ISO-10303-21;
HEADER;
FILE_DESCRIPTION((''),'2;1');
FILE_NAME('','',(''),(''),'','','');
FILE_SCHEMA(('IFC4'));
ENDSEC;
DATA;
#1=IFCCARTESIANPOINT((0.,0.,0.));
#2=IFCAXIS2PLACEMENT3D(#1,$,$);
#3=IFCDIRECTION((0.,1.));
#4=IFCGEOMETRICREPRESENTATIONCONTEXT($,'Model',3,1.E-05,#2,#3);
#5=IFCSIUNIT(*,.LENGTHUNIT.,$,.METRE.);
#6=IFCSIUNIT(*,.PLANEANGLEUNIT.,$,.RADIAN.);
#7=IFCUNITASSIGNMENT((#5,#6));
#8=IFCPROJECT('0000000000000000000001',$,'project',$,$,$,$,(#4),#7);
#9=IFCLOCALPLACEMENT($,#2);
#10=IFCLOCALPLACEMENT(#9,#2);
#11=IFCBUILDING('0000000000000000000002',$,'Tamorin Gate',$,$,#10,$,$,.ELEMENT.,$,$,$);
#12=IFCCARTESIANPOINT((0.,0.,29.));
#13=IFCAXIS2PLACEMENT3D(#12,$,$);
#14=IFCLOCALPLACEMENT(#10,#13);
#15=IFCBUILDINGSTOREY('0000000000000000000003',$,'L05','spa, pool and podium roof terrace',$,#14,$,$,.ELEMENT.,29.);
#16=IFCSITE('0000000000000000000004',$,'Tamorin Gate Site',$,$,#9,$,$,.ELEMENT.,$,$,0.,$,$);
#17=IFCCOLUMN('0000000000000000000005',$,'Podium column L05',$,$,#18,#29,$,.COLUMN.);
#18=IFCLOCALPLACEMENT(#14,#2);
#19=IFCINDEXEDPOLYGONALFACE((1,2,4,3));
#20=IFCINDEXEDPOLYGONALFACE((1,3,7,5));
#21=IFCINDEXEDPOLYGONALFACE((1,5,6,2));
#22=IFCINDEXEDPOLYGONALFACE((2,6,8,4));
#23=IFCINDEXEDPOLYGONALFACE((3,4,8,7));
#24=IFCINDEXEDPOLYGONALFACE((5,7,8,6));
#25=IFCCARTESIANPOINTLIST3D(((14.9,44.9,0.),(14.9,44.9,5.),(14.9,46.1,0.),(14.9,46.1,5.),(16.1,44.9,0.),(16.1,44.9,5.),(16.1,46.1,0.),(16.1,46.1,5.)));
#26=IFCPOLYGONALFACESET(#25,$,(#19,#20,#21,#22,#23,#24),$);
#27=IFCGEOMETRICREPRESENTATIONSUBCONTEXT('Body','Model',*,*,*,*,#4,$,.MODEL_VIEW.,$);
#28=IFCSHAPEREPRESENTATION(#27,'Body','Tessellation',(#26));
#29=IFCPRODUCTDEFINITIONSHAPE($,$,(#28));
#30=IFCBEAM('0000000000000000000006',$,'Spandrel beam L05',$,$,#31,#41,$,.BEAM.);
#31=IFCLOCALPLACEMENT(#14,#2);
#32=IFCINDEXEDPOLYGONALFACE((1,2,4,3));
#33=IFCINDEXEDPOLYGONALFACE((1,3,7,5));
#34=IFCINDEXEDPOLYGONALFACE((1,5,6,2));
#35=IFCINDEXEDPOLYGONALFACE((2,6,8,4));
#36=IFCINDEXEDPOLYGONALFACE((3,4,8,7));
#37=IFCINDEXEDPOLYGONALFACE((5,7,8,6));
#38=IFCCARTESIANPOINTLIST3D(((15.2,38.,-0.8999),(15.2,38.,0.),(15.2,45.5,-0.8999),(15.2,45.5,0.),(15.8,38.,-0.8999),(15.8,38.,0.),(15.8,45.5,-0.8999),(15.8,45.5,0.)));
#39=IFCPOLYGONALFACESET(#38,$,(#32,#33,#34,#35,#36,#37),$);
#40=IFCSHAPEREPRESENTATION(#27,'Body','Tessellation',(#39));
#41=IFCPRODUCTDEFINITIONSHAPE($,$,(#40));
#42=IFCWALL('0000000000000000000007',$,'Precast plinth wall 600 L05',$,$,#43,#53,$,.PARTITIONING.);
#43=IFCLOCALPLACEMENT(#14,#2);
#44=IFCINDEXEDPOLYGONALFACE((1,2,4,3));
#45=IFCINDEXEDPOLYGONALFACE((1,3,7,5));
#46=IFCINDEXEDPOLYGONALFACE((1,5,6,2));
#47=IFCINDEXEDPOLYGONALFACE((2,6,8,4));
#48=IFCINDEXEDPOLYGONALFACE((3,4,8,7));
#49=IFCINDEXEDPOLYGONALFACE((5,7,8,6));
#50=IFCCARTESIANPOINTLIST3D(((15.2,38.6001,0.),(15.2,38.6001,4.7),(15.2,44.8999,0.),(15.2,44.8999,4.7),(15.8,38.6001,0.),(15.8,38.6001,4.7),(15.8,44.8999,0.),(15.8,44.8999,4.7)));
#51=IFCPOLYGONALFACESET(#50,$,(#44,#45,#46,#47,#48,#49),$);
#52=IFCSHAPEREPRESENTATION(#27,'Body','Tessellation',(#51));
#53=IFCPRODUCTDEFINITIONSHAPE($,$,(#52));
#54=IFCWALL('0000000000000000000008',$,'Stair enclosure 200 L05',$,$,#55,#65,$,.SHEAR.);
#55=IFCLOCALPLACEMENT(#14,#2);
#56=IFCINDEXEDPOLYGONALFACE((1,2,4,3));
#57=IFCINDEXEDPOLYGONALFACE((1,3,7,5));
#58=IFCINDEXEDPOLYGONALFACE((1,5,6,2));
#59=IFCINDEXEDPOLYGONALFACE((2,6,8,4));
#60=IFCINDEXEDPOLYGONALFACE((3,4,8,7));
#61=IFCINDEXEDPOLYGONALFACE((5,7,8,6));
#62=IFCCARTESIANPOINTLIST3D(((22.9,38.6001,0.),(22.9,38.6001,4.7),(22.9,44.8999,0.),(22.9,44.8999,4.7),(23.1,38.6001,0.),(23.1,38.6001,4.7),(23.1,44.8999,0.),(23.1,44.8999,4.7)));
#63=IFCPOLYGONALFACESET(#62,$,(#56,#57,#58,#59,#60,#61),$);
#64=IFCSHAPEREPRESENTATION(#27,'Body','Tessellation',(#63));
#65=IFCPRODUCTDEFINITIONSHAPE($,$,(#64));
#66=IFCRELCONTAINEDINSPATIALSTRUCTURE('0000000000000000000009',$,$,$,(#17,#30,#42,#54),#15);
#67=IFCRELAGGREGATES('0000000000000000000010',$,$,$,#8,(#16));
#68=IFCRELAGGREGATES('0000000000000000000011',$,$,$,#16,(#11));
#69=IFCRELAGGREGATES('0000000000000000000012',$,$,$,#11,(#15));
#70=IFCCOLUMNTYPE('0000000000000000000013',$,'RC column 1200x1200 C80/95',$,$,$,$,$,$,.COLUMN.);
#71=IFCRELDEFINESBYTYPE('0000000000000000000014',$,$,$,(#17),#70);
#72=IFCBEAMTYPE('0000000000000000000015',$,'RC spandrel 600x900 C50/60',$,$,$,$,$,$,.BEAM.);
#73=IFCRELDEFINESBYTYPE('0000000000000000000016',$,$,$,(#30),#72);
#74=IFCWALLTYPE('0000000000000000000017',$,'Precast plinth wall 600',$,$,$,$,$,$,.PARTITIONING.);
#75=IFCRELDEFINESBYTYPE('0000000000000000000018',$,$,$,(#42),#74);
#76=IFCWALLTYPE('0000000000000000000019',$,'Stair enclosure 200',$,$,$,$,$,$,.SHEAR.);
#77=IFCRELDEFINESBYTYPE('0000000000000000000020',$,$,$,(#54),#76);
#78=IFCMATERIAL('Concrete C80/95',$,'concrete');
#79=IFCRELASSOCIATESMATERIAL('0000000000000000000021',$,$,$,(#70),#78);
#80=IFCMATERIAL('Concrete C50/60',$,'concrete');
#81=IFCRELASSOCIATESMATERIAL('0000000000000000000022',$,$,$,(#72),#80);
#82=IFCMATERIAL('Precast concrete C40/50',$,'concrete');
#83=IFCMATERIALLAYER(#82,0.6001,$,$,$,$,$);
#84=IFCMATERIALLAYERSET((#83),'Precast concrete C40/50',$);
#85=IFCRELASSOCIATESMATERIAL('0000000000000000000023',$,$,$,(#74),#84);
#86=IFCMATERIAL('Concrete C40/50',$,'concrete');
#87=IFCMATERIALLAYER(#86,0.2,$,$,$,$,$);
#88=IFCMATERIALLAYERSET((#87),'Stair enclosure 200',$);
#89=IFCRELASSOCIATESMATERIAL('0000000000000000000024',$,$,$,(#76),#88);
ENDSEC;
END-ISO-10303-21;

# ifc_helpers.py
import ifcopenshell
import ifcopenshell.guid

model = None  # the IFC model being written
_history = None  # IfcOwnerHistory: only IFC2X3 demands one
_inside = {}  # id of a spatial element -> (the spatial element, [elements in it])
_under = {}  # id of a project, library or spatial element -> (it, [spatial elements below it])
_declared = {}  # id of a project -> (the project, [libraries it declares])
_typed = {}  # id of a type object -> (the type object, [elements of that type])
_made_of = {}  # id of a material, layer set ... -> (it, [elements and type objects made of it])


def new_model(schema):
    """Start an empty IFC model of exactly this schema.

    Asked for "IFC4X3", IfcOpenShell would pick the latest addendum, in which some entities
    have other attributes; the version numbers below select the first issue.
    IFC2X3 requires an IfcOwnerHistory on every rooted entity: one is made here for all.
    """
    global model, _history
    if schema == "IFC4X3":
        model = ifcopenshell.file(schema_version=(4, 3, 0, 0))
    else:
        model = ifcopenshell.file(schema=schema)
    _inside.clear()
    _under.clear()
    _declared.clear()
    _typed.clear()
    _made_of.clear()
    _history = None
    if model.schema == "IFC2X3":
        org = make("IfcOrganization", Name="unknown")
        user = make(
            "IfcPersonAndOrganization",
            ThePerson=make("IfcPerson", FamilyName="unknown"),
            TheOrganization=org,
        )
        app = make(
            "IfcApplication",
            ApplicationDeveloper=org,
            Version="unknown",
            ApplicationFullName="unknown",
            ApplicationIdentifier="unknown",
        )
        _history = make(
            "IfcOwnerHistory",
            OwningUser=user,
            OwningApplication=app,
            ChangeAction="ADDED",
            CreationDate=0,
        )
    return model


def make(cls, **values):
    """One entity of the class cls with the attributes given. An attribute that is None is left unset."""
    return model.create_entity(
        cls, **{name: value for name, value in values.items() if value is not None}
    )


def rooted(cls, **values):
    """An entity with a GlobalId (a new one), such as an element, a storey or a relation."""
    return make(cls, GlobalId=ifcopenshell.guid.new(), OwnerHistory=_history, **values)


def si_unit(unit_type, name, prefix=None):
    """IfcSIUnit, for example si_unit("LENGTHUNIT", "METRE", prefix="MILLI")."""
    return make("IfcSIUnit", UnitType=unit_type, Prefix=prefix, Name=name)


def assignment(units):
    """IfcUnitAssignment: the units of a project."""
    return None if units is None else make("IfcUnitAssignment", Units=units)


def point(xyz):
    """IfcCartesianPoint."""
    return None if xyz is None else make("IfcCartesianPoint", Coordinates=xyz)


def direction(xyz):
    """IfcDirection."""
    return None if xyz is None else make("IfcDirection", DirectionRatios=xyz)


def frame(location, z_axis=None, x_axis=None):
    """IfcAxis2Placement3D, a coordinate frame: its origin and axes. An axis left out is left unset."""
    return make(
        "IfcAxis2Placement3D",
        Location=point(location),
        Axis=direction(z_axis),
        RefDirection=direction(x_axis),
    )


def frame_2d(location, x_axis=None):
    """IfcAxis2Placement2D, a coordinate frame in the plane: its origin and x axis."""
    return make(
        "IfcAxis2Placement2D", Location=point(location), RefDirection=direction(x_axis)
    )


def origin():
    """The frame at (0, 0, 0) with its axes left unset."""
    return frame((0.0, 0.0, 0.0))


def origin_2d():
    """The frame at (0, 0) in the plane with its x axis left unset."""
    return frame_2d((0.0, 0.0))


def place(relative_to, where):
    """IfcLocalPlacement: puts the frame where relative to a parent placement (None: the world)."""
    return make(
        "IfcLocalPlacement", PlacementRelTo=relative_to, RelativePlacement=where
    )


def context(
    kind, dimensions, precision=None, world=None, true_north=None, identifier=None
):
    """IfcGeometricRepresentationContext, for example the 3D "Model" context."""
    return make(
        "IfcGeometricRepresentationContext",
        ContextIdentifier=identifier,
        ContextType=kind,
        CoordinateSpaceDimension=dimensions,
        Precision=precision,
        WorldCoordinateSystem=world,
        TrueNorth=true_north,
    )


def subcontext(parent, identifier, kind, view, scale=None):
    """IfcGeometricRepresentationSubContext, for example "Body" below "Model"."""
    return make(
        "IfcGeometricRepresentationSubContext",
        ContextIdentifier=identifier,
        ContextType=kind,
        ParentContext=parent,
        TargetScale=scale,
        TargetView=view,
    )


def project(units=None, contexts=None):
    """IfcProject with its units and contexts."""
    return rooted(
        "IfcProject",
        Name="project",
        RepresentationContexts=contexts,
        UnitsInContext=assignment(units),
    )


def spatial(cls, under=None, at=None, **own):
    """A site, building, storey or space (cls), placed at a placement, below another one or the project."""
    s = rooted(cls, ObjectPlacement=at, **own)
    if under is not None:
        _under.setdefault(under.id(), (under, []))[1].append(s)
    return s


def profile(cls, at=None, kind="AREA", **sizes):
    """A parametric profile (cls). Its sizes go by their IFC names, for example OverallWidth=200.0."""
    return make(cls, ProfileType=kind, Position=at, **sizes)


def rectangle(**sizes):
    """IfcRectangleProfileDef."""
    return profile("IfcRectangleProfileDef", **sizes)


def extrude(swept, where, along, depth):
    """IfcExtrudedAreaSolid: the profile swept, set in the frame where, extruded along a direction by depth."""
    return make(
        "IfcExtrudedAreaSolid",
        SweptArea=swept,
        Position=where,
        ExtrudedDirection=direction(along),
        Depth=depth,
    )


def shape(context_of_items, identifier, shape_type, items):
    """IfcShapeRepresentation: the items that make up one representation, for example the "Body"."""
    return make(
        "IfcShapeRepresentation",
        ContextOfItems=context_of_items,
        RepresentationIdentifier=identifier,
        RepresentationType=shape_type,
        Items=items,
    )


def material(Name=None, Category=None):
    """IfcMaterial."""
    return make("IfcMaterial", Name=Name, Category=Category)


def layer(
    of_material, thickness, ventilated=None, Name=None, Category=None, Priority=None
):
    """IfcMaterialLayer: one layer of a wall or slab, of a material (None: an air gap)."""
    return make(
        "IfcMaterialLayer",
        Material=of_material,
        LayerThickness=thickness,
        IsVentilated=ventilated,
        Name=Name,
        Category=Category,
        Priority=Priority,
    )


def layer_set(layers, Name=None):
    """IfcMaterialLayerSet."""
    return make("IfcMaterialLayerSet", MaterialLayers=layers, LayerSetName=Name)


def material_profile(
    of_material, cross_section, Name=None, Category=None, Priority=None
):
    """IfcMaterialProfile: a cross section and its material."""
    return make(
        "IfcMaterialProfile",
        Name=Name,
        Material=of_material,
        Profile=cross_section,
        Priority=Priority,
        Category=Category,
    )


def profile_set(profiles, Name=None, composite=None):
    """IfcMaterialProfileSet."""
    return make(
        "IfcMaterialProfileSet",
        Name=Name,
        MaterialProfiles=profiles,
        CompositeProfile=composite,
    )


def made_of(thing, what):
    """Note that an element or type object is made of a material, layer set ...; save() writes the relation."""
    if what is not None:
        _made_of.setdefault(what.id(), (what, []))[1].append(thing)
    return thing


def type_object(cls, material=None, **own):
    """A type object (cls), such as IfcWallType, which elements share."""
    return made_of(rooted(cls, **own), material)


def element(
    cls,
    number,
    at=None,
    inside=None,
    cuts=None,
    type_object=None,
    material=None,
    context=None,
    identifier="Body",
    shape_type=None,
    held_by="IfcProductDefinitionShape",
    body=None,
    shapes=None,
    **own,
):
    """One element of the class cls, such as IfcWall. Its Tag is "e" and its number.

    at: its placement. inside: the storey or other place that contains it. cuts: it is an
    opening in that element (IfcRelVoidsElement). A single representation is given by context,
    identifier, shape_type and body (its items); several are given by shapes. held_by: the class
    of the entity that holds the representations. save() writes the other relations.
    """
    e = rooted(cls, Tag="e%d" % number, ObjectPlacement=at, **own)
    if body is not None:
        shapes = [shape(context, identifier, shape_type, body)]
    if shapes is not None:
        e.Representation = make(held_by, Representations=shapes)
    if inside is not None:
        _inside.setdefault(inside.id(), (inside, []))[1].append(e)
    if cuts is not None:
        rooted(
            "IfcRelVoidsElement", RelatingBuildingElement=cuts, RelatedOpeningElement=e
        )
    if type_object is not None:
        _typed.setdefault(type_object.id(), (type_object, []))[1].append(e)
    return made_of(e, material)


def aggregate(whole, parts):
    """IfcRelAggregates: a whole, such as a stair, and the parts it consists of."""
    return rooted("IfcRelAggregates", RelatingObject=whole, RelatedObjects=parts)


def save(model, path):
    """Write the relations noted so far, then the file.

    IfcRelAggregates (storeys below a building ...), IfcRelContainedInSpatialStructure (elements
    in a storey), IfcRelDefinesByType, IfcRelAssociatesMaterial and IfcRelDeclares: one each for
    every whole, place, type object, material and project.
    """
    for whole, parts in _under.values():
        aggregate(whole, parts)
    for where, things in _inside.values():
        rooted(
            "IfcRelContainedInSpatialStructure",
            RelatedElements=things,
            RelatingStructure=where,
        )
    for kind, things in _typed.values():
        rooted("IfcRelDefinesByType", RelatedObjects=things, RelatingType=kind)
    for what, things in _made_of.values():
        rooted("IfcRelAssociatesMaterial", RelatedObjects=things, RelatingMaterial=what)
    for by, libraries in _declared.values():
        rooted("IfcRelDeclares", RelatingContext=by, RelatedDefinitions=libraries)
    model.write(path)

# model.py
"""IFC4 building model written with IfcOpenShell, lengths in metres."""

from ifc_helpers import new_model, si_unit, direction, frame, frame_2d, origin, origin_2d, place, context, subcontext, project, spatial, rectangle, extrude, material, layer, layer_set, material_profile, profile_set, type_object, element, save


model = new_model("IFC4")

# Units and contexts
model_context = context("Model", 3, precision=1e-05, world=origin(), true_north=direction((0.0, 1.0)))
body_context = subcontext(model_context, "Body", "Model", "MODEL_VIEW")
ifc_project = project(units=[si_unit("LENGTHUNIT", "METRE"), si_unit("PLANEANGLEUNIT", "RADIAN")], contexts=[model_context])

# Site, building, storey
site_placement = place(None, origin())
site = spatial("IfcSite", under=ifc_project, at=site_placement, Name="Tamorin Gate Site", CompositionType="ELEMENT", RefElevation=0.0)
building_placement = place(site_placement, origin())
building = spatial("IfcBuilding", under=site, at=building_placement, Name="Tamorin Gate", CompositionType="ELEMENT")
storey_placement = place(building_placement, frame((0.0, 0.0, 29.0)))
storey = spatial("IfcBuildingStorey", under=building, at=storey_placement, Name="L05", Description="spa, pool and podium roof terrace", CompositionType="ELEMENT", Elevation=29.0)

# Column
ifc_material_1 = material(Name="Concrete C80/95", Category="concrete")
ifc_material_profile_1 = material_profile(ifc_material_1, rectangle(XDim=1.2, YDim=1.2, at=origin_2d()), Name="RC 1200x1200")
ifc_profile_set_1 = profile_set([ifc_material_profile_1], Name="Concrete C80/95")
column_type = type_object("IfcColumnType", Name="RC column 1200x1200 C80/95", PredefinedType="COLUMN", material=ifc_profile_set_1)
column_placement = place(storey_placement, frame((15.5, 45.5, 0.0), z_axis=(0.0, 0.0, 1.0), x_axis=(1.0, 0.0, 0.0)))
element("IfcColumn", 1, at=column_placement, inside=storey, type_object=column_type, Name="Podium column L05", PredefinedType="COLUMN", context=body_context, shape_type="SweptSolid", body=[
    extrude(rectangle(XDim=1.2, YDim=1.2, at=origin_2d()), origin(), (0.0, 0.0, 1.0), 5.0),
])

# Beam
ifc_material_2 = material(Name="Concrete C50/60", Category="concrete")
ifc_material_profile_2 = material_profile(ifc_material_2, rectangle(XDim=0.6001, YDim=0.8999, at=origin_2d()), Name="RC 600x900")
ifc_profile_set_2 = profile_set([ifc_material_profile_2], Name="Concrete C50/60")
beam_type = type_object("IfcBeamType", Name="RC spandrel 600x900 C50/60", PredefinedType="BEAM", material=ifc_profile_set_2)
beam_placement = place(storey_placement, frame((15.5, 45.5, -0.45), z_axis=(0.0, -1.0, 0.0), x_axis=(1.0, 0.0, 0.0)))
element("IfcBeam", 2, at=beam_placement, inside=storey, type_object=beam_type, Name="Spandrel beam L05", PredefinedType="BEAM", context=body_context, shape_type="SweptSolid", body=[
    extrude(rectangle(XDim=0.6001, YDim=0.8999, at=origin_2d()), origin(), (0.0, 0.0, 1.0), 7.5),
])

# Walls
ifc_material_3 = material(Name="Precast concrete C40/50", Category="concrete")
ifc_layer_1 = layer(ifc_material_3, 0.6001)
ifc_layer_set_1 = layer_set([ifc_layer_1], Name="Precast concrete C40/50")
wall_type_1 = type_object("IfcWallType", Name="Precast plinth wall 600", PredefinedType="PARTITIONING", material=ifc_layer_set_1)
wall_1_placement = place(storey_placement, frame((15.5, 38.6001, 0.0), z_axis=(0.0, 0.0, 1.0), x_axis=(0.0, 1.0, 0.0)))
element("IfcWall", 3, at=wall_1_placement, inside=storey, type_object=wall_type_1, Name="Precast plinth wall 600 L05", PredefinedType="PARTITIONING", context=body_context, shape_type="SweptSolid", body=[
    extrude(rectangle(XDim=6.2998, YDim=0.6001, at=frame_2d((3.1499, 0.0))), origin(), (0.0, 0.0, 1.0), 4.7),
])
ifc_material_4 = material(Name="Concrete C40/50", Category="concrete")
ifc_layer_2 = layer(ifc_material_4, 0.2)
ifc_layer_set_2 = layer_set([ifc_layer_2], Name="Stair enclosure 200")
wall_type_2 = type_object("IfcWallType", Name="Stair enclosure 200", PredefinedType="SHEAR", material=ifc_layer_set_2)
wall_2_placement = place(storey_placement, frame((23.0, 38.6001, 0.0), z_axis=(0.0, 0.0, 1.0), x_axis=(0.0, 1.0, 0.0)))
element("IfcWall", 4, at=wall_2_placement, inside=storey, type_object=wall_type_2, Name="Stair enclosure 200 L05", PredefinedType="SHEAR", context=body_context, shape_type="SweptSolid", body=[
    extrude(rectangle(XDim=6.2998, YDim=0.2, at=frame_2d((3.1499, 0.0))), origin(), (0.0, 0.0, 1.0), 4.7),
])

save(model, "model.ifc")
